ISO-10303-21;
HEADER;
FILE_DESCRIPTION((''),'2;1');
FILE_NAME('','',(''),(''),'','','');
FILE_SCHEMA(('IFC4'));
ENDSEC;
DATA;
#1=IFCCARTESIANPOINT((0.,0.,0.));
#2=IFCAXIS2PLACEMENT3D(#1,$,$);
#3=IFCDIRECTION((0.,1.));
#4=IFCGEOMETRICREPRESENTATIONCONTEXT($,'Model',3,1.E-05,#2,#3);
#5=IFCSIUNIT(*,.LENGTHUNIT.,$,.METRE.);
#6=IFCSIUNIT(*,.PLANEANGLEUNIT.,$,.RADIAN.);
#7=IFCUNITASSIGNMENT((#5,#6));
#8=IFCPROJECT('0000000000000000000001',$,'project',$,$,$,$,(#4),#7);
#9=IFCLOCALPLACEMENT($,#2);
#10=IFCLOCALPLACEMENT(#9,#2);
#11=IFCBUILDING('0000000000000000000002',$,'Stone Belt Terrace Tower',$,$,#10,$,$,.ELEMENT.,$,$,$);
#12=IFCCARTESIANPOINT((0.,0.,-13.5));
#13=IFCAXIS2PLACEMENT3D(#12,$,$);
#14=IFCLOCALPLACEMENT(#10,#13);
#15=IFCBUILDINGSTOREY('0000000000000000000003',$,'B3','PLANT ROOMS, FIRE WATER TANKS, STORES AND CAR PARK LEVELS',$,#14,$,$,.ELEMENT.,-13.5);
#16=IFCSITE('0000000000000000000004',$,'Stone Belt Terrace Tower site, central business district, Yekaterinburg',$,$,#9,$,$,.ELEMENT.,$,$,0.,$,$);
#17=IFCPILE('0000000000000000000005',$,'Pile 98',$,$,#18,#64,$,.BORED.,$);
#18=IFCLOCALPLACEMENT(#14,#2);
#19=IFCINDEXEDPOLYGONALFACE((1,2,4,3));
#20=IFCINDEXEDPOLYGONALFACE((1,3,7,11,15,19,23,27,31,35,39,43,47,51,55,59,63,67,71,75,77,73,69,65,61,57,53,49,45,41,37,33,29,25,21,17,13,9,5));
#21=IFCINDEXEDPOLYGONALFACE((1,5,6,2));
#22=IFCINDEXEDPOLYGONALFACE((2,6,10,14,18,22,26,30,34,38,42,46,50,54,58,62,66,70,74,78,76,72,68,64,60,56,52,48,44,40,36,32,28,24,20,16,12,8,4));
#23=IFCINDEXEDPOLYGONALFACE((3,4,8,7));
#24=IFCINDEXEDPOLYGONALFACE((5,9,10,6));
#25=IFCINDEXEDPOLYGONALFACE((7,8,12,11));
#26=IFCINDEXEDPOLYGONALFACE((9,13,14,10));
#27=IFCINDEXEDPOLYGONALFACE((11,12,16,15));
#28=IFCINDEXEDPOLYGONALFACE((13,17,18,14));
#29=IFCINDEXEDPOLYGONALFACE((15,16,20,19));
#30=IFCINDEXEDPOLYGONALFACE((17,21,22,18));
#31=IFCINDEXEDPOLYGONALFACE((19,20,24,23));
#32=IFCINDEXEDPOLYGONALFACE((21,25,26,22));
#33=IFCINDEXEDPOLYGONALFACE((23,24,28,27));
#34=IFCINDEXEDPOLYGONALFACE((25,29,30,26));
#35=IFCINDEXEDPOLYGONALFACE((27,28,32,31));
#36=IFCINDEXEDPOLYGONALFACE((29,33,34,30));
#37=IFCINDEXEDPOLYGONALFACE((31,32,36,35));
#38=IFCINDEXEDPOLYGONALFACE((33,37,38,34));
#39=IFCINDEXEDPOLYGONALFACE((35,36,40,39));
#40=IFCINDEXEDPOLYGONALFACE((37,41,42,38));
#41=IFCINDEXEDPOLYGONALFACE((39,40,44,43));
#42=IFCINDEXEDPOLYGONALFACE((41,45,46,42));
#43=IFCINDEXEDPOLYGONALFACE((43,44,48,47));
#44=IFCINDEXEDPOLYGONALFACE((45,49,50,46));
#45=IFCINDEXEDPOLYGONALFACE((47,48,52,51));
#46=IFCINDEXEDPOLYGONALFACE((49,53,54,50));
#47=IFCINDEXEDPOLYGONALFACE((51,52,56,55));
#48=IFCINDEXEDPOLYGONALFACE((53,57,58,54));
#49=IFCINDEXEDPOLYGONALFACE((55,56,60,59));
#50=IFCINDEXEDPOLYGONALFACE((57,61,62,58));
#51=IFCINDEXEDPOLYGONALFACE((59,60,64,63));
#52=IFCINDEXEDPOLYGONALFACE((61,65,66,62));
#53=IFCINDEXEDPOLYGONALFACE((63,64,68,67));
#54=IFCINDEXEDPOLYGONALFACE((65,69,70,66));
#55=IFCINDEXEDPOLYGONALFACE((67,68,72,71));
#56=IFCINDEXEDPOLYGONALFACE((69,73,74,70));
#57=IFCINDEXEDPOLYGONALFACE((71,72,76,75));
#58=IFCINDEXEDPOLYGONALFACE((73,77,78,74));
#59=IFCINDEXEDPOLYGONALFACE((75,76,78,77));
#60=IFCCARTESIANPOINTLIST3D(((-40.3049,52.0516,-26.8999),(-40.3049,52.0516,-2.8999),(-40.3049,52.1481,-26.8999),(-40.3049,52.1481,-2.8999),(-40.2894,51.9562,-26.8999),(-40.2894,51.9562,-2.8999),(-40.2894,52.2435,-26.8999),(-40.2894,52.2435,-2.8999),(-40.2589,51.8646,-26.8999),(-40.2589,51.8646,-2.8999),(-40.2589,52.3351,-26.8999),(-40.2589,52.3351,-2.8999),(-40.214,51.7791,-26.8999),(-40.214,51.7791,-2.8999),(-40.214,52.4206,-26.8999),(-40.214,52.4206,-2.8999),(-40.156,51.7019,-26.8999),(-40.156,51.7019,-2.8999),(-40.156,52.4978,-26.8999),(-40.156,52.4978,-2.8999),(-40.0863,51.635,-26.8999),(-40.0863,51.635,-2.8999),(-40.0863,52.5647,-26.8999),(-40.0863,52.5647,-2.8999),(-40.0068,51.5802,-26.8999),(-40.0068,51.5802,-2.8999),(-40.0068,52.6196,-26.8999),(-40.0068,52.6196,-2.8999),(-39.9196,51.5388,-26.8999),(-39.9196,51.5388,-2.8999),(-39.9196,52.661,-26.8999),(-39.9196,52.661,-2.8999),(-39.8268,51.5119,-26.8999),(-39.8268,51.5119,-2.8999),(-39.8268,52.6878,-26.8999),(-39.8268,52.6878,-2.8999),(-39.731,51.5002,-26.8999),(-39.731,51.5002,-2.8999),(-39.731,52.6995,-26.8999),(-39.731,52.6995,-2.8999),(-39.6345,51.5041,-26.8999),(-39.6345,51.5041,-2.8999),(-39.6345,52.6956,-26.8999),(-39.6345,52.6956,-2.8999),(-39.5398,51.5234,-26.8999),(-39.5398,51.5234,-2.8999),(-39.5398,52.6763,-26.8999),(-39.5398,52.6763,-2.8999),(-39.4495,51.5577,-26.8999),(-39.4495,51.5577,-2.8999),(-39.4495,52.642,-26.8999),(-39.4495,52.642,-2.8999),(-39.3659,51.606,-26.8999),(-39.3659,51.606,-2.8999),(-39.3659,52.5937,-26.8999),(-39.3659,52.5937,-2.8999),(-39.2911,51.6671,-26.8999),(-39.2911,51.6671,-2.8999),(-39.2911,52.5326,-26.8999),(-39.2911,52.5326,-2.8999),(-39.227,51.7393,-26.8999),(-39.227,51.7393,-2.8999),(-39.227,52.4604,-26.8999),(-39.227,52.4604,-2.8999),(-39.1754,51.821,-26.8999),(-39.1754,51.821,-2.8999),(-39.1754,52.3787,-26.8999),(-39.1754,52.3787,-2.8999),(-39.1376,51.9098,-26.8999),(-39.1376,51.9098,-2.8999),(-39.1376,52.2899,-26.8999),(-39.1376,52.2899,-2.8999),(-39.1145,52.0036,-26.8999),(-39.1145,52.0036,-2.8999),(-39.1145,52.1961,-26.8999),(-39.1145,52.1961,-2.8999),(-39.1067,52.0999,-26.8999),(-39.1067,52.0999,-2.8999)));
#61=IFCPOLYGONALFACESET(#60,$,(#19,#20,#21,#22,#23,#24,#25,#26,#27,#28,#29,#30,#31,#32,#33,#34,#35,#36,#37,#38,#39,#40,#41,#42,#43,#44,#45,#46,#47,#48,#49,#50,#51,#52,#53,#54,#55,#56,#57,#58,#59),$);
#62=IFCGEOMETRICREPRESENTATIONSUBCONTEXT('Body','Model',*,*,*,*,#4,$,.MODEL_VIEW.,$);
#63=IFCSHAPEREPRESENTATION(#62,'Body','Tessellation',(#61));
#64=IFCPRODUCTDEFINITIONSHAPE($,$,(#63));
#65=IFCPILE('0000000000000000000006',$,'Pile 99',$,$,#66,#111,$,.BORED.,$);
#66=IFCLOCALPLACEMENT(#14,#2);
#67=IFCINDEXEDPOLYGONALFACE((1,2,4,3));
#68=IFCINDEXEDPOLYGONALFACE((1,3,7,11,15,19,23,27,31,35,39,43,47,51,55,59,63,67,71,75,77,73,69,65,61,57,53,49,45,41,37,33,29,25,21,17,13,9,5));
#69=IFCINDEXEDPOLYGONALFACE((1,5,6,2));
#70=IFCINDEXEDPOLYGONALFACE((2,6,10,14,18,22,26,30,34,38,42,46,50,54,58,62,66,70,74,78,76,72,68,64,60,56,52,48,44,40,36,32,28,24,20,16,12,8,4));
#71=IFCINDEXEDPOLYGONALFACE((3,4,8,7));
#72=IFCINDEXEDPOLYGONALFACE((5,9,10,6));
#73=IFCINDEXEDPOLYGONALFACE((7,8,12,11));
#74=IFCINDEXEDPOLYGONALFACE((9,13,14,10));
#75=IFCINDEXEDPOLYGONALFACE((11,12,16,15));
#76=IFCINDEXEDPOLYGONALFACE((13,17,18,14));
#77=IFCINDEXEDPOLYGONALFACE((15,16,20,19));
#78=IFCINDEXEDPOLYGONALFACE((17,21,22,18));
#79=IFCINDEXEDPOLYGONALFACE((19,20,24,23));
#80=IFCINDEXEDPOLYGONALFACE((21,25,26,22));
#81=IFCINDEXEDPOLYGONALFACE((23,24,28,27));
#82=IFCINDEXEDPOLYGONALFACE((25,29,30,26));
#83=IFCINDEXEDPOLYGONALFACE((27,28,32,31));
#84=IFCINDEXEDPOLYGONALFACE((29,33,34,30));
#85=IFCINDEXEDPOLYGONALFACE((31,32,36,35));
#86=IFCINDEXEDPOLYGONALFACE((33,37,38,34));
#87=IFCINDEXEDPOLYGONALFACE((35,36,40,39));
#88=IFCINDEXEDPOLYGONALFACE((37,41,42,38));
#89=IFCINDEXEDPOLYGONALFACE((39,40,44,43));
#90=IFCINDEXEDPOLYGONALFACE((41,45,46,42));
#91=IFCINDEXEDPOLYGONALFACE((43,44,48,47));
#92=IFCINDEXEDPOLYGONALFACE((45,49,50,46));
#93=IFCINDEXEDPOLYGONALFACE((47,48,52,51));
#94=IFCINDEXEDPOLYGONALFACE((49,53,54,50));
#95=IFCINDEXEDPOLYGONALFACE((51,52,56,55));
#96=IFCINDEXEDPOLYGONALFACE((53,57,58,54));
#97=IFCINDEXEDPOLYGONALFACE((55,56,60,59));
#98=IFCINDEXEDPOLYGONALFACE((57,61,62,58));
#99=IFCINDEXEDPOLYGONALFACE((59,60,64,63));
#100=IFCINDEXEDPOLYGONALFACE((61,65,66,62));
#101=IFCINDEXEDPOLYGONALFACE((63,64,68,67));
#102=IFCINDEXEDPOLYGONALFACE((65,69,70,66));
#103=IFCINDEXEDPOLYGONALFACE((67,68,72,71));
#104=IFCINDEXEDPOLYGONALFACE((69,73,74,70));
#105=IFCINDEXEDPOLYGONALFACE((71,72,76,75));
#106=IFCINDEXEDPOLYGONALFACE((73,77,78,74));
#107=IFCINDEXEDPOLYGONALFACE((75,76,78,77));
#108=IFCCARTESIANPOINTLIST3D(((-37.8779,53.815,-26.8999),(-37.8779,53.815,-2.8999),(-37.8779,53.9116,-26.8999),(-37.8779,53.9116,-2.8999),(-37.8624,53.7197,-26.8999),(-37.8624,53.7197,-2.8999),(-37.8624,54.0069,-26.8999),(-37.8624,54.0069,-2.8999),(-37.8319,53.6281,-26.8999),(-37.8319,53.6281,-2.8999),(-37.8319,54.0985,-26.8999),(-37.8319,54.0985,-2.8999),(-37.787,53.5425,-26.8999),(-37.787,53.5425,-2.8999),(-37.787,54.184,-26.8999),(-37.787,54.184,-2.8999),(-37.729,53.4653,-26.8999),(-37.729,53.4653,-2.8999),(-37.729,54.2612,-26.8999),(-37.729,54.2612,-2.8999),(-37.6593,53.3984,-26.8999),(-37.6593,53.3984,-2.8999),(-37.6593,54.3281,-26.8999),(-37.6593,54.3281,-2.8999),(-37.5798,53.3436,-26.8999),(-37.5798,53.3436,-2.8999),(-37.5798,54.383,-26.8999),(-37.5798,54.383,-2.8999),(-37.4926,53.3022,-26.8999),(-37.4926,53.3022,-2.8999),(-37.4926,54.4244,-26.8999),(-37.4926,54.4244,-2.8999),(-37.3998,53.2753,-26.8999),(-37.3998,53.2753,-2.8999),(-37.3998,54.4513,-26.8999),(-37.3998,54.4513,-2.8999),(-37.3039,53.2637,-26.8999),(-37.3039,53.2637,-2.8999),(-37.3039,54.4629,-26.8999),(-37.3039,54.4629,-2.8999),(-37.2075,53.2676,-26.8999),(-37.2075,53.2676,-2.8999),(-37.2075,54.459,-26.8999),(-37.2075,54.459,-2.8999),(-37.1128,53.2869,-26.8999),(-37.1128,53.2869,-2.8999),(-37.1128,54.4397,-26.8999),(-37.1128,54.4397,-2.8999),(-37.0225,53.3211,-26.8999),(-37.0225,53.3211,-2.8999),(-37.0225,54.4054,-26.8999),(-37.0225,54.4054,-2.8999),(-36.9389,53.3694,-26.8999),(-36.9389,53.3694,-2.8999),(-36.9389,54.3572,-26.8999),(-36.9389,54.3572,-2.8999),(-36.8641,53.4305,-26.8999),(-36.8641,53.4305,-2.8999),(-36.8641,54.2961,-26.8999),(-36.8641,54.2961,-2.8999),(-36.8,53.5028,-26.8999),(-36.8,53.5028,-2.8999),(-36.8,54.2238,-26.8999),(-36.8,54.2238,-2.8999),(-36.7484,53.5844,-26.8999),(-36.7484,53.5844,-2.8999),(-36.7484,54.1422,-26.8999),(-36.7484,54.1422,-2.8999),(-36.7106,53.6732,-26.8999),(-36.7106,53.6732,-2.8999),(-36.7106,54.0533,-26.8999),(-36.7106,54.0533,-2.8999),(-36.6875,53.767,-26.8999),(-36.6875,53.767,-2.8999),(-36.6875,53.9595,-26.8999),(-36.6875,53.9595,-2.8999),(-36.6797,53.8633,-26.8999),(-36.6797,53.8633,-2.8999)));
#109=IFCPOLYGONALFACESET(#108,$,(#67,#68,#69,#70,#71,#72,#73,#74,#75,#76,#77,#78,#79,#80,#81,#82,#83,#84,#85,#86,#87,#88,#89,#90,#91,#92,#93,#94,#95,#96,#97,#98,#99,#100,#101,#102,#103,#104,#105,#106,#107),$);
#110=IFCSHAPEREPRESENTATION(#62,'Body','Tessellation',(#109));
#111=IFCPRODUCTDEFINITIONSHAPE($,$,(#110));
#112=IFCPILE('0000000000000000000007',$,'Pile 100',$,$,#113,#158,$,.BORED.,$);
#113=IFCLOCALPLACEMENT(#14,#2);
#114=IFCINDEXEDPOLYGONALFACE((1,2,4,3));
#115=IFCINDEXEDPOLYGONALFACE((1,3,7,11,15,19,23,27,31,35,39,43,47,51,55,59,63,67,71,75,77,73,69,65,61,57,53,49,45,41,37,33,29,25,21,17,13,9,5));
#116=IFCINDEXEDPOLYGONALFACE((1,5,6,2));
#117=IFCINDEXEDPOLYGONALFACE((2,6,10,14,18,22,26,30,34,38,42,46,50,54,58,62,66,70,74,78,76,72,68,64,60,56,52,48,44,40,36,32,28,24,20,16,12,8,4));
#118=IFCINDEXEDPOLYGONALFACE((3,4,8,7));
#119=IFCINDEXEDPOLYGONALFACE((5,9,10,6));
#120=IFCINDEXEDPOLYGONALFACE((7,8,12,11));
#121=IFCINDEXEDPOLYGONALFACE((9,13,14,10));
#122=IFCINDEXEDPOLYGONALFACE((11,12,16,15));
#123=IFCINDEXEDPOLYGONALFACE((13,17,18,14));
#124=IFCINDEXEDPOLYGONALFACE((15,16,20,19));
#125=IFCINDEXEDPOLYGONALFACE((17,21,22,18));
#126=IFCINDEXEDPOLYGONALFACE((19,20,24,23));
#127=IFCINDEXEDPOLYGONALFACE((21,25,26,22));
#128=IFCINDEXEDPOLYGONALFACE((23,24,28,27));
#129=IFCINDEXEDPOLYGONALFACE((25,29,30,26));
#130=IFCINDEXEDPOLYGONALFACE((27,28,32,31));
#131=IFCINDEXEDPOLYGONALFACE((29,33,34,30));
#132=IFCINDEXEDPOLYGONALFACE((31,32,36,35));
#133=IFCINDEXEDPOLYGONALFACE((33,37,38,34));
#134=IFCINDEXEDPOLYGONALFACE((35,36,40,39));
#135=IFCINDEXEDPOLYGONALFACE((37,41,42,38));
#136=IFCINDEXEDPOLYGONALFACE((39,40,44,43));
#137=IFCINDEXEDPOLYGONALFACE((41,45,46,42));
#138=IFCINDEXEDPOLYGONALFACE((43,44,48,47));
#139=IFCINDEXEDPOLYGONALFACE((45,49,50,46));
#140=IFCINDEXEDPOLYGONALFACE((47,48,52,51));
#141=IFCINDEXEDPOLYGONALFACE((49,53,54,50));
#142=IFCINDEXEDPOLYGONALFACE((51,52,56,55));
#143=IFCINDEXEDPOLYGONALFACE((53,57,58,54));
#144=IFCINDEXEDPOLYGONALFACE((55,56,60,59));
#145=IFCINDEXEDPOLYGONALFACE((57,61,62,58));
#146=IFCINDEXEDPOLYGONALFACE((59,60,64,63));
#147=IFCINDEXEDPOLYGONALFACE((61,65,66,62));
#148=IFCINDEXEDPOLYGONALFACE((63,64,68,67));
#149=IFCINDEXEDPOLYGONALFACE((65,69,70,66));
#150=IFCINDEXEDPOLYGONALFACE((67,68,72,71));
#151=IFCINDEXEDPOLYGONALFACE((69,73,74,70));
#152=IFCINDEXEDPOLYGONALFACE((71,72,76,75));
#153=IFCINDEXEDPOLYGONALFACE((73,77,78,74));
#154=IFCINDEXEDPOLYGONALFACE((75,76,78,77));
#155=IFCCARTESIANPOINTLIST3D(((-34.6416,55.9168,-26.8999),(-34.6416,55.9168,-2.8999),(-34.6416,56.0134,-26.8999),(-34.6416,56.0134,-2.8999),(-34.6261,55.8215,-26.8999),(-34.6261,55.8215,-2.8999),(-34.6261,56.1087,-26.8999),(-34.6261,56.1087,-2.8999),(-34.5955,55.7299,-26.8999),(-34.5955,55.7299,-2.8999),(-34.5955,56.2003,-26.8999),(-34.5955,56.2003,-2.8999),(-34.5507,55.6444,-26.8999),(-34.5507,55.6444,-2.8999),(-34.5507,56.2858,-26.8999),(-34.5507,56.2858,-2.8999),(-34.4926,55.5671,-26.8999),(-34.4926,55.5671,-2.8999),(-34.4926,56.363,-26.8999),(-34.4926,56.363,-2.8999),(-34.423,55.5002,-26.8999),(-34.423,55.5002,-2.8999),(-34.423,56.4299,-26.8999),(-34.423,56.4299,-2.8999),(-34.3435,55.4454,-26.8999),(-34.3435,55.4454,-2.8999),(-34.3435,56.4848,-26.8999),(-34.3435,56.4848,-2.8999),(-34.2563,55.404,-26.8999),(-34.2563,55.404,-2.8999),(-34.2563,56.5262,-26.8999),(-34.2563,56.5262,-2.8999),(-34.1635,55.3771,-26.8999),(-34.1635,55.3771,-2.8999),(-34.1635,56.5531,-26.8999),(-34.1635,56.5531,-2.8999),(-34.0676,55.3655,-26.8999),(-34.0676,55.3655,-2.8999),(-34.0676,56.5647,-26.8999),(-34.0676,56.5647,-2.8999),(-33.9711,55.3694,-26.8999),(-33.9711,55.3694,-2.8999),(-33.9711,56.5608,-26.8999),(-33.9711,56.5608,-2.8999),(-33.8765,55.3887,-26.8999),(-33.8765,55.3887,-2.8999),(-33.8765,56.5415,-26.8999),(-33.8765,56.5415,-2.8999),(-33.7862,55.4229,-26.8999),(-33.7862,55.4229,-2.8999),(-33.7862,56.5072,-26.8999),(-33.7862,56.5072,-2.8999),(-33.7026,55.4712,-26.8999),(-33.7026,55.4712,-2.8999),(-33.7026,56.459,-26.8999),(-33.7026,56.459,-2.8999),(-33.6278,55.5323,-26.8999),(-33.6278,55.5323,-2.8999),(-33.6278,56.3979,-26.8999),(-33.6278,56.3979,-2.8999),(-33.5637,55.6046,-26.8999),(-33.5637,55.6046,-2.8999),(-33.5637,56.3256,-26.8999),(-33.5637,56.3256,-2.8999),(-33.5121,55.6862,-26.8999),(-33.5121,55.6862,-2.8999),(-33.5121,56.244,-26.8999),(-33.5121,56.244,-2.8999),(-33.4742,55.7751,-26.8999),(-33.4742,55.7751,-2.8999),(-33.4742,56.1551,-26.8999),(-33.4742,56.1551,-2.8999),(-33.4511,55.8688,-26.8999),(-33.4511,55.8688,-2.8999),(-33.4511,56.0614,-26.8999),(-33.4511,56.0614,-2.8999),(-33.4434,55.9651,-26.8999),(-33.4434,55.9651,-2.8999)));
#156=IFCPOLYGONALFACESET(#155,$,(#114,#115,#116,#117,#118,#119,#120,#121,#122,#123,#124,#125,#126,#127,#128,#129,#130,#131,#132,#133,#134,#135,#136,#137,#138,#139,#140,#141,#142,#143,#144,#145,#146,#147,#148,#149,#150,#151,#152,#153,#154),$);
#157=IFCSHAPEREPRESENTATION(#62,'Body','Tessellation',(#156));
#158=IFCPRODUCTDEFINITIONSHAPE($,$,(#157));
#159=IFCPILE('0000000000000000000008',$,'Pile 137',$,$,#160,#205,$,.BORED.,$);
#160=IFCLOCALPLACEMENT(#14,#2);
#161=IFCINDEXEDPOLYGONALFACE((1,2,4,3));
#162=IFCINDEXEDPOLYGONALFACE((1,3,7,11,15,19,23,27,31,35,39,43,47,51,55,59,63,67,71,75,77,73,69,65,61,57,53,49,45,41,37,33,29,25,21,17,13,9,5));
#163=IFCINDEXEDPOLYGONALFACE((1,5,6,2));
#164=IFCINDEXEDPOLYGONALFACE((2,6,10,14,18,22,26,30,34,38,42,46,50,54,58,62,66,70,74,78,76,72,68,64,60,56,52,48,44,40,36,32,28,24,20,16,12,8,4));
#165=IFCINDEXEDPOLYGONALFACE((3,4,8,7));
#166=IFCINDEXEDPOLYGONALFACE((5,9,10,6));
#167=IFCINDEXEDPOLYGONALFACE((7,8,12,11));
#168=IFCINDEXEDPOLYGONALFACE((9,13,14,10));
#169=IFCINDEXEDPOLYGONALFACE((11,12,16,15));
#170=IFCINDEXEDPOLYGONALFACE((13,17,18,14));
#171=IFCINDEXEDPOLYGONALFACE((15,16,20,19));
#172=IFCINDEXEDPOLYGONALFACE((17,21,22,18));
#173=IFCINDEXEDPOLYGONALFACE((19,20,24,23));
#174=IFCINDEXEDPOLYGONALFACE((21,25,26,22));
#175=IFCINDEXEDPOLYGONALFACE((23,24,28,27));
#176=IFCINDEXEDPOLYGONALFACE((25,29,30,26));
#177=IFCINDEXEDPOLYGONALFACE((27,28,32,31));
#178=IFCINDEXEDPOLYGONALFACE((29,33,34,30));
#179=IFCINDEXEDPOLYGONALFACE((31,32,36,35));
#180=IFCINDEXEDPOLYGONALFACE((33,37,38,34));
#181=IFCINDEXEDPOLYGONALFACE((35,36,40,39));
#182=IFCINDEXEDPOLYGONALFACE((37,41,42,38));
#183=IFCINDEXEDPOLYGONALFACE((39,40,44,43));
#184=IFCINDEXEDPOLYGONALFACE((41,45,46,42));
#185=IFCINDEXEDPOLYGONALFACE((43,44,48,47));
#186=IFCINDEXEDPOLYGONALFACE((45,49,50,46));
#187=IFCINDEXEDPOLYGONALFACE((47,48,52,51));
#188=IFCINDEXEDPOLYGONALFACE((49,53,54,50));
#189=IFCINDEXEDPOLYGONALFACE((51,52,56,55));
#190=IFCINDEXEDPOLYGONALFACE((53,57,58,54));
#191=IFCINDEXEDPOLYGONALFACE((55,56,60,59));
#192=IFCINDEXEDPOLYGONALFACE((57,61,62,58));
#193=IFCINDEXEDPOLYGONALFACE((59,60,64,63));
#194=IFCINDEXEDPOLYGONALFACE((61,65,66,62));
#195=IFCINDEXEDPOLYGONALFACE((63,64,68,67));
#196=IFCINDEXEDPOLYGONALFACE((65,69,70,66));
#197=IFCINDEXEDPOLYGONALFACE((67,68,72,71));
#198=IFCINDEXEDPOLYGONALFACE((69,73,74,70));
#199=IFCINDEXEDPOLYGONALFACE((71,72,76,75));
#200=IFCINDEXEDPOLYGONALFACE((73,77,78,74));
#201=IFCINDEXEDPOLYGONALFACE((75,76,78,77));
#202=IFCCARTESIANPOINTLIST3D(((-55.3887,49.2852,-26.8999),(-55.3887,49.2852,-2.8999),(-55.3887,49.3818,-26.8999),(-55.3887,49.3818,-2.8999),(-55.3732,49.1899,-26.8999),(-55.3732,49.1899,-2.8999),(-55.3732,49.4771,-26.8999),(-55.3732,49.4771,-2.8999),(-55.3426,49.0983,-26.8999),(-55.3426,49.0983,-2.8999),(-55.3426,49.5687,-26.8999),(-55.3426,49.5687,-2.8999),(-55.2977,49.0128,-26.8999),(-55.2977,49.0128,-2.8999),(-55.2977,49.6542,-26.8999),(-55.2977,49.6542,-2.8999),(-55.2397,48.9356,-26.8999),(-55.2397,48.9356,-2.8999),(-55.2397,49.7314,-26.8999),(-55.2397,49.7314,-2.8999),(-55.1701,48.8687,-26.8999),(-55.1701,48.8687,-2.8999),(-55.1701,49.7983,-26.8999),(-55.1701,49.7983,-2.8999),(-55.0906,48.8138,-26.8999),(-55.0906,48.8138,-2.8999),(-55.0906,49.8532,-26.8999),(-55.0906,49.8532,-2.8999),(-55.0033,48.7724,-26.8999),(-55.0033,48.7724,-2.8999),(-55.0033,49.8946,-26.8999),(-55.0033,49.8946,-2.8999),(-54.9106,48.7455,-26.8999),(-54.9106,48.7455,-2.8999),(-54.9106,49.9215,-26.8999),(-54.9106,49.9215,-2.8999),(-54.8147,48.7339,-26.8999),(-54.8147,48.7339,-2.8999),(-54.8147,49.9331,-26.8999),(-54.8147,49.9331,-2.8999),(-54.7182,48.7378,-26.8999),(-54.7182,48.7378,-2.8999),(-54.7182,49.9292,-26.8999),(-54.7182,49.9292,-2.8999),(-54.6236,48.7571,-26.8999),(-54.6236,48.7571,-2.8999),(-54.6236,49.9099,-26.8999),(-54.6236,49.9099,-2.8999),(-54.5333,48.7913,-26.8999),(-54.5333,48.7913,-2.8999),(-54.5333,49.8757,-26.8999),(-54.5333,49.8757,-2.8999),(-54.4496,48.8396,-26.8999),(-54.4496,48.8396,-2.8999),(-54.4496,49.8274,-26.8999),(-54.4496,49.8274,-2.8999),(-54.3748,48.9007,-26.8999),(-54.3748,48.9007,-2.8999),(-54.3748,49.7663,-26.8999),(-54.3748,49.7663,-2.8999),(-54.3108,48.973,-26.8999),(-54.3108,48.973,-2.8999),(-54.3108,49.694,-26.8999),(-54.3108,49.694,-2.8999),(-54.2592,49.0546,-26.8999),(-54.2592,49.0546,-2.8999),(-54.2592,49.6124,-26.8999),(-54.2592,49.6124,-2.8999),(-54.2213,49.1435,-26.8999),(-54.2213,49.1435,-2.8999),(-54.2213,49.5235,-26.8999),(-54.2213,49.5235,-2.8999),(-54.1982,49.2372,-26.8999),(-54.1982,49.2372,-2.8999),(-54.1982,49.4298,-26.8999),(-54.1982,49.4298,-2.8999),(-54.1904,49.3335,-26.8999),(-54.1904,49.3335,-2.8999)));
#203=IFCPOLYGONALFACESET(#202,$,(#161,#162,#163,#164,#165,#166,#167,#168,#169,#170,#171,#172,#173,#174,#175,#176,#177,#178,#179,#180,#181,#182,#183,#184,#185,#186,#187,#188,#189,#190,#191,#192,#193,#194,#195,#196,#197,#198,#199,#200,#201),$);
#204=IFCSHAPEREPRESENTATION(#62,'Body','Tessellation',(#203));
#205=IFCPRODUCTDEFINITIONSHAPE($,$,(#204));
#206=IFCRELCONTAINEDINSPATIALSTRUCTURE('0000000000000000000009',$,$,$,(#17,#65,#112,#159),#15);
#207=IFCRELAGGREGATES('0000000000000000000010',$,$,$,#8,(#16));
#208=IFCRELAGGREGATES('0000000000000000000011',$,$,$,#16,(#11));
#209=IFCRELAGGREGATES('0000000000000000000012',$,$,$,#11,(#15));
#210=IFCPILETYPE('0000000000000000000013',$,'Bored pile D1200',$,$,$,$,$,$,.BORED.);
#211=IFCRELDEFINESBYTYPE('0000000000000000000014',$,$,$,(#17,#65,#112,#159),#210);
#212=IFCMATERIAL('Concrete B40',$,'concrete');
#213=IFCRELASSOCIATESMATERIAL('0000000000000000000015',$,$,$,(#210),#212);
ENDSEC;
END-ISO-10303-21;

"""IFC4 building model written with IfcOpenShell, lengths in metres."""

from ifc_helpers import new_model, si_unit, direction, frame, origin, origin_2d, place, context, subcontext, project, spatial, circle, extrude, material, material_profile, profile_set, type_object, element, save


model = new_model("IFC4")

# Units and contexts
model_context = context("Model", 3, precision=1e-05, world=origin(), true_north=direction((0.0, 1.0)))
body_context = subcontext(model_context, "Body", "Model", "MODEL_VIEW")
ifc_project = project(units=[si_unit("LENGTHUNIT", "METRE"), si_unit("PLANEANGLEUNIT", "RADIAN")], contexts=[model_context])

# Site, building, storey
site_placement = place(None, origin())
site = spatial("IfcSite", under=ifc_project, at=site_placement, Name="Stone Belt Terrace Tower site, central business district, Yekaterinburg", CompositionType="ELEMENT", RefElevation=0.0)
building_placement = place(site_placement, origin())
building = spatial("IfcBuilding", under=site, at=building_placement, Name="Stone Belt Terrace Tower", CompositionType="ELEMENT")
storey_placement = place(building_placement, frame((0.0, 0.0, -13.5)))
storey = spatial("IfcBuildingStorey", under=building, at=storey_placement, Name="B3", Description="PLANT ROOMS, FIRE WATER TANKS, STORES AND CAR PARK LEVELS", CompositionType="ELEMENT", Elevation=-13.5)

# Piles
ifc_material_1 = material(Name="Concrete B40", Category="concrete")
ifc_material_profile_1 = material_profile(ifc_material_1, circle(Radius=0.6001, at=origin_2d()), Name="PILE D1200")
ifc_profile_set_1 = profile_set([ifc_material_profile_1], Name="Concrete B40")
pile_type = type_object("IfcPileType", Name="Bored pile D1200", PredefinedType="BORED", material=ifc_profile_set_1)
for number, where, z_axis, x_axis, name in (
    (1, (-39.7068, 52.0999, -2.8999), (0.0, 0.0, -1.0), (1.0, 0.0, 0.0), "Pile 98"),
    (2, (-37.2798, 53.8633, -2.8999), (0.0, 0.0, -1.0), (1.0, 0.0, 0.0), "Pile 99"),
    (3, (-34.0435, 55.9651, -2.8999), (0.0, 0.0, -1.0), (1.0, 0.0, 0.0), "Pile 100"),
    (4, (-54.7905, 49.3335, -2.8999), (0.0, 0.0, -1.0), (1.0, 0.0, 0.0), "Pile 137"),
):
    element("IfcPile", number, at=place(storey_placement, frame(where, z_axis=z_axis, x_axis=x_axis)), inside=storey, type_object=pile_type, Name=name, PredefinedType="BORED", context=body_context, shape_type="SweptSolid", body=[
        extrude(circle(Radius=0.6001, at=origin_2d()), origin(), (0.0, 0.0, 1.0), 24.0),
    ])

save(model, "model.ifc")
